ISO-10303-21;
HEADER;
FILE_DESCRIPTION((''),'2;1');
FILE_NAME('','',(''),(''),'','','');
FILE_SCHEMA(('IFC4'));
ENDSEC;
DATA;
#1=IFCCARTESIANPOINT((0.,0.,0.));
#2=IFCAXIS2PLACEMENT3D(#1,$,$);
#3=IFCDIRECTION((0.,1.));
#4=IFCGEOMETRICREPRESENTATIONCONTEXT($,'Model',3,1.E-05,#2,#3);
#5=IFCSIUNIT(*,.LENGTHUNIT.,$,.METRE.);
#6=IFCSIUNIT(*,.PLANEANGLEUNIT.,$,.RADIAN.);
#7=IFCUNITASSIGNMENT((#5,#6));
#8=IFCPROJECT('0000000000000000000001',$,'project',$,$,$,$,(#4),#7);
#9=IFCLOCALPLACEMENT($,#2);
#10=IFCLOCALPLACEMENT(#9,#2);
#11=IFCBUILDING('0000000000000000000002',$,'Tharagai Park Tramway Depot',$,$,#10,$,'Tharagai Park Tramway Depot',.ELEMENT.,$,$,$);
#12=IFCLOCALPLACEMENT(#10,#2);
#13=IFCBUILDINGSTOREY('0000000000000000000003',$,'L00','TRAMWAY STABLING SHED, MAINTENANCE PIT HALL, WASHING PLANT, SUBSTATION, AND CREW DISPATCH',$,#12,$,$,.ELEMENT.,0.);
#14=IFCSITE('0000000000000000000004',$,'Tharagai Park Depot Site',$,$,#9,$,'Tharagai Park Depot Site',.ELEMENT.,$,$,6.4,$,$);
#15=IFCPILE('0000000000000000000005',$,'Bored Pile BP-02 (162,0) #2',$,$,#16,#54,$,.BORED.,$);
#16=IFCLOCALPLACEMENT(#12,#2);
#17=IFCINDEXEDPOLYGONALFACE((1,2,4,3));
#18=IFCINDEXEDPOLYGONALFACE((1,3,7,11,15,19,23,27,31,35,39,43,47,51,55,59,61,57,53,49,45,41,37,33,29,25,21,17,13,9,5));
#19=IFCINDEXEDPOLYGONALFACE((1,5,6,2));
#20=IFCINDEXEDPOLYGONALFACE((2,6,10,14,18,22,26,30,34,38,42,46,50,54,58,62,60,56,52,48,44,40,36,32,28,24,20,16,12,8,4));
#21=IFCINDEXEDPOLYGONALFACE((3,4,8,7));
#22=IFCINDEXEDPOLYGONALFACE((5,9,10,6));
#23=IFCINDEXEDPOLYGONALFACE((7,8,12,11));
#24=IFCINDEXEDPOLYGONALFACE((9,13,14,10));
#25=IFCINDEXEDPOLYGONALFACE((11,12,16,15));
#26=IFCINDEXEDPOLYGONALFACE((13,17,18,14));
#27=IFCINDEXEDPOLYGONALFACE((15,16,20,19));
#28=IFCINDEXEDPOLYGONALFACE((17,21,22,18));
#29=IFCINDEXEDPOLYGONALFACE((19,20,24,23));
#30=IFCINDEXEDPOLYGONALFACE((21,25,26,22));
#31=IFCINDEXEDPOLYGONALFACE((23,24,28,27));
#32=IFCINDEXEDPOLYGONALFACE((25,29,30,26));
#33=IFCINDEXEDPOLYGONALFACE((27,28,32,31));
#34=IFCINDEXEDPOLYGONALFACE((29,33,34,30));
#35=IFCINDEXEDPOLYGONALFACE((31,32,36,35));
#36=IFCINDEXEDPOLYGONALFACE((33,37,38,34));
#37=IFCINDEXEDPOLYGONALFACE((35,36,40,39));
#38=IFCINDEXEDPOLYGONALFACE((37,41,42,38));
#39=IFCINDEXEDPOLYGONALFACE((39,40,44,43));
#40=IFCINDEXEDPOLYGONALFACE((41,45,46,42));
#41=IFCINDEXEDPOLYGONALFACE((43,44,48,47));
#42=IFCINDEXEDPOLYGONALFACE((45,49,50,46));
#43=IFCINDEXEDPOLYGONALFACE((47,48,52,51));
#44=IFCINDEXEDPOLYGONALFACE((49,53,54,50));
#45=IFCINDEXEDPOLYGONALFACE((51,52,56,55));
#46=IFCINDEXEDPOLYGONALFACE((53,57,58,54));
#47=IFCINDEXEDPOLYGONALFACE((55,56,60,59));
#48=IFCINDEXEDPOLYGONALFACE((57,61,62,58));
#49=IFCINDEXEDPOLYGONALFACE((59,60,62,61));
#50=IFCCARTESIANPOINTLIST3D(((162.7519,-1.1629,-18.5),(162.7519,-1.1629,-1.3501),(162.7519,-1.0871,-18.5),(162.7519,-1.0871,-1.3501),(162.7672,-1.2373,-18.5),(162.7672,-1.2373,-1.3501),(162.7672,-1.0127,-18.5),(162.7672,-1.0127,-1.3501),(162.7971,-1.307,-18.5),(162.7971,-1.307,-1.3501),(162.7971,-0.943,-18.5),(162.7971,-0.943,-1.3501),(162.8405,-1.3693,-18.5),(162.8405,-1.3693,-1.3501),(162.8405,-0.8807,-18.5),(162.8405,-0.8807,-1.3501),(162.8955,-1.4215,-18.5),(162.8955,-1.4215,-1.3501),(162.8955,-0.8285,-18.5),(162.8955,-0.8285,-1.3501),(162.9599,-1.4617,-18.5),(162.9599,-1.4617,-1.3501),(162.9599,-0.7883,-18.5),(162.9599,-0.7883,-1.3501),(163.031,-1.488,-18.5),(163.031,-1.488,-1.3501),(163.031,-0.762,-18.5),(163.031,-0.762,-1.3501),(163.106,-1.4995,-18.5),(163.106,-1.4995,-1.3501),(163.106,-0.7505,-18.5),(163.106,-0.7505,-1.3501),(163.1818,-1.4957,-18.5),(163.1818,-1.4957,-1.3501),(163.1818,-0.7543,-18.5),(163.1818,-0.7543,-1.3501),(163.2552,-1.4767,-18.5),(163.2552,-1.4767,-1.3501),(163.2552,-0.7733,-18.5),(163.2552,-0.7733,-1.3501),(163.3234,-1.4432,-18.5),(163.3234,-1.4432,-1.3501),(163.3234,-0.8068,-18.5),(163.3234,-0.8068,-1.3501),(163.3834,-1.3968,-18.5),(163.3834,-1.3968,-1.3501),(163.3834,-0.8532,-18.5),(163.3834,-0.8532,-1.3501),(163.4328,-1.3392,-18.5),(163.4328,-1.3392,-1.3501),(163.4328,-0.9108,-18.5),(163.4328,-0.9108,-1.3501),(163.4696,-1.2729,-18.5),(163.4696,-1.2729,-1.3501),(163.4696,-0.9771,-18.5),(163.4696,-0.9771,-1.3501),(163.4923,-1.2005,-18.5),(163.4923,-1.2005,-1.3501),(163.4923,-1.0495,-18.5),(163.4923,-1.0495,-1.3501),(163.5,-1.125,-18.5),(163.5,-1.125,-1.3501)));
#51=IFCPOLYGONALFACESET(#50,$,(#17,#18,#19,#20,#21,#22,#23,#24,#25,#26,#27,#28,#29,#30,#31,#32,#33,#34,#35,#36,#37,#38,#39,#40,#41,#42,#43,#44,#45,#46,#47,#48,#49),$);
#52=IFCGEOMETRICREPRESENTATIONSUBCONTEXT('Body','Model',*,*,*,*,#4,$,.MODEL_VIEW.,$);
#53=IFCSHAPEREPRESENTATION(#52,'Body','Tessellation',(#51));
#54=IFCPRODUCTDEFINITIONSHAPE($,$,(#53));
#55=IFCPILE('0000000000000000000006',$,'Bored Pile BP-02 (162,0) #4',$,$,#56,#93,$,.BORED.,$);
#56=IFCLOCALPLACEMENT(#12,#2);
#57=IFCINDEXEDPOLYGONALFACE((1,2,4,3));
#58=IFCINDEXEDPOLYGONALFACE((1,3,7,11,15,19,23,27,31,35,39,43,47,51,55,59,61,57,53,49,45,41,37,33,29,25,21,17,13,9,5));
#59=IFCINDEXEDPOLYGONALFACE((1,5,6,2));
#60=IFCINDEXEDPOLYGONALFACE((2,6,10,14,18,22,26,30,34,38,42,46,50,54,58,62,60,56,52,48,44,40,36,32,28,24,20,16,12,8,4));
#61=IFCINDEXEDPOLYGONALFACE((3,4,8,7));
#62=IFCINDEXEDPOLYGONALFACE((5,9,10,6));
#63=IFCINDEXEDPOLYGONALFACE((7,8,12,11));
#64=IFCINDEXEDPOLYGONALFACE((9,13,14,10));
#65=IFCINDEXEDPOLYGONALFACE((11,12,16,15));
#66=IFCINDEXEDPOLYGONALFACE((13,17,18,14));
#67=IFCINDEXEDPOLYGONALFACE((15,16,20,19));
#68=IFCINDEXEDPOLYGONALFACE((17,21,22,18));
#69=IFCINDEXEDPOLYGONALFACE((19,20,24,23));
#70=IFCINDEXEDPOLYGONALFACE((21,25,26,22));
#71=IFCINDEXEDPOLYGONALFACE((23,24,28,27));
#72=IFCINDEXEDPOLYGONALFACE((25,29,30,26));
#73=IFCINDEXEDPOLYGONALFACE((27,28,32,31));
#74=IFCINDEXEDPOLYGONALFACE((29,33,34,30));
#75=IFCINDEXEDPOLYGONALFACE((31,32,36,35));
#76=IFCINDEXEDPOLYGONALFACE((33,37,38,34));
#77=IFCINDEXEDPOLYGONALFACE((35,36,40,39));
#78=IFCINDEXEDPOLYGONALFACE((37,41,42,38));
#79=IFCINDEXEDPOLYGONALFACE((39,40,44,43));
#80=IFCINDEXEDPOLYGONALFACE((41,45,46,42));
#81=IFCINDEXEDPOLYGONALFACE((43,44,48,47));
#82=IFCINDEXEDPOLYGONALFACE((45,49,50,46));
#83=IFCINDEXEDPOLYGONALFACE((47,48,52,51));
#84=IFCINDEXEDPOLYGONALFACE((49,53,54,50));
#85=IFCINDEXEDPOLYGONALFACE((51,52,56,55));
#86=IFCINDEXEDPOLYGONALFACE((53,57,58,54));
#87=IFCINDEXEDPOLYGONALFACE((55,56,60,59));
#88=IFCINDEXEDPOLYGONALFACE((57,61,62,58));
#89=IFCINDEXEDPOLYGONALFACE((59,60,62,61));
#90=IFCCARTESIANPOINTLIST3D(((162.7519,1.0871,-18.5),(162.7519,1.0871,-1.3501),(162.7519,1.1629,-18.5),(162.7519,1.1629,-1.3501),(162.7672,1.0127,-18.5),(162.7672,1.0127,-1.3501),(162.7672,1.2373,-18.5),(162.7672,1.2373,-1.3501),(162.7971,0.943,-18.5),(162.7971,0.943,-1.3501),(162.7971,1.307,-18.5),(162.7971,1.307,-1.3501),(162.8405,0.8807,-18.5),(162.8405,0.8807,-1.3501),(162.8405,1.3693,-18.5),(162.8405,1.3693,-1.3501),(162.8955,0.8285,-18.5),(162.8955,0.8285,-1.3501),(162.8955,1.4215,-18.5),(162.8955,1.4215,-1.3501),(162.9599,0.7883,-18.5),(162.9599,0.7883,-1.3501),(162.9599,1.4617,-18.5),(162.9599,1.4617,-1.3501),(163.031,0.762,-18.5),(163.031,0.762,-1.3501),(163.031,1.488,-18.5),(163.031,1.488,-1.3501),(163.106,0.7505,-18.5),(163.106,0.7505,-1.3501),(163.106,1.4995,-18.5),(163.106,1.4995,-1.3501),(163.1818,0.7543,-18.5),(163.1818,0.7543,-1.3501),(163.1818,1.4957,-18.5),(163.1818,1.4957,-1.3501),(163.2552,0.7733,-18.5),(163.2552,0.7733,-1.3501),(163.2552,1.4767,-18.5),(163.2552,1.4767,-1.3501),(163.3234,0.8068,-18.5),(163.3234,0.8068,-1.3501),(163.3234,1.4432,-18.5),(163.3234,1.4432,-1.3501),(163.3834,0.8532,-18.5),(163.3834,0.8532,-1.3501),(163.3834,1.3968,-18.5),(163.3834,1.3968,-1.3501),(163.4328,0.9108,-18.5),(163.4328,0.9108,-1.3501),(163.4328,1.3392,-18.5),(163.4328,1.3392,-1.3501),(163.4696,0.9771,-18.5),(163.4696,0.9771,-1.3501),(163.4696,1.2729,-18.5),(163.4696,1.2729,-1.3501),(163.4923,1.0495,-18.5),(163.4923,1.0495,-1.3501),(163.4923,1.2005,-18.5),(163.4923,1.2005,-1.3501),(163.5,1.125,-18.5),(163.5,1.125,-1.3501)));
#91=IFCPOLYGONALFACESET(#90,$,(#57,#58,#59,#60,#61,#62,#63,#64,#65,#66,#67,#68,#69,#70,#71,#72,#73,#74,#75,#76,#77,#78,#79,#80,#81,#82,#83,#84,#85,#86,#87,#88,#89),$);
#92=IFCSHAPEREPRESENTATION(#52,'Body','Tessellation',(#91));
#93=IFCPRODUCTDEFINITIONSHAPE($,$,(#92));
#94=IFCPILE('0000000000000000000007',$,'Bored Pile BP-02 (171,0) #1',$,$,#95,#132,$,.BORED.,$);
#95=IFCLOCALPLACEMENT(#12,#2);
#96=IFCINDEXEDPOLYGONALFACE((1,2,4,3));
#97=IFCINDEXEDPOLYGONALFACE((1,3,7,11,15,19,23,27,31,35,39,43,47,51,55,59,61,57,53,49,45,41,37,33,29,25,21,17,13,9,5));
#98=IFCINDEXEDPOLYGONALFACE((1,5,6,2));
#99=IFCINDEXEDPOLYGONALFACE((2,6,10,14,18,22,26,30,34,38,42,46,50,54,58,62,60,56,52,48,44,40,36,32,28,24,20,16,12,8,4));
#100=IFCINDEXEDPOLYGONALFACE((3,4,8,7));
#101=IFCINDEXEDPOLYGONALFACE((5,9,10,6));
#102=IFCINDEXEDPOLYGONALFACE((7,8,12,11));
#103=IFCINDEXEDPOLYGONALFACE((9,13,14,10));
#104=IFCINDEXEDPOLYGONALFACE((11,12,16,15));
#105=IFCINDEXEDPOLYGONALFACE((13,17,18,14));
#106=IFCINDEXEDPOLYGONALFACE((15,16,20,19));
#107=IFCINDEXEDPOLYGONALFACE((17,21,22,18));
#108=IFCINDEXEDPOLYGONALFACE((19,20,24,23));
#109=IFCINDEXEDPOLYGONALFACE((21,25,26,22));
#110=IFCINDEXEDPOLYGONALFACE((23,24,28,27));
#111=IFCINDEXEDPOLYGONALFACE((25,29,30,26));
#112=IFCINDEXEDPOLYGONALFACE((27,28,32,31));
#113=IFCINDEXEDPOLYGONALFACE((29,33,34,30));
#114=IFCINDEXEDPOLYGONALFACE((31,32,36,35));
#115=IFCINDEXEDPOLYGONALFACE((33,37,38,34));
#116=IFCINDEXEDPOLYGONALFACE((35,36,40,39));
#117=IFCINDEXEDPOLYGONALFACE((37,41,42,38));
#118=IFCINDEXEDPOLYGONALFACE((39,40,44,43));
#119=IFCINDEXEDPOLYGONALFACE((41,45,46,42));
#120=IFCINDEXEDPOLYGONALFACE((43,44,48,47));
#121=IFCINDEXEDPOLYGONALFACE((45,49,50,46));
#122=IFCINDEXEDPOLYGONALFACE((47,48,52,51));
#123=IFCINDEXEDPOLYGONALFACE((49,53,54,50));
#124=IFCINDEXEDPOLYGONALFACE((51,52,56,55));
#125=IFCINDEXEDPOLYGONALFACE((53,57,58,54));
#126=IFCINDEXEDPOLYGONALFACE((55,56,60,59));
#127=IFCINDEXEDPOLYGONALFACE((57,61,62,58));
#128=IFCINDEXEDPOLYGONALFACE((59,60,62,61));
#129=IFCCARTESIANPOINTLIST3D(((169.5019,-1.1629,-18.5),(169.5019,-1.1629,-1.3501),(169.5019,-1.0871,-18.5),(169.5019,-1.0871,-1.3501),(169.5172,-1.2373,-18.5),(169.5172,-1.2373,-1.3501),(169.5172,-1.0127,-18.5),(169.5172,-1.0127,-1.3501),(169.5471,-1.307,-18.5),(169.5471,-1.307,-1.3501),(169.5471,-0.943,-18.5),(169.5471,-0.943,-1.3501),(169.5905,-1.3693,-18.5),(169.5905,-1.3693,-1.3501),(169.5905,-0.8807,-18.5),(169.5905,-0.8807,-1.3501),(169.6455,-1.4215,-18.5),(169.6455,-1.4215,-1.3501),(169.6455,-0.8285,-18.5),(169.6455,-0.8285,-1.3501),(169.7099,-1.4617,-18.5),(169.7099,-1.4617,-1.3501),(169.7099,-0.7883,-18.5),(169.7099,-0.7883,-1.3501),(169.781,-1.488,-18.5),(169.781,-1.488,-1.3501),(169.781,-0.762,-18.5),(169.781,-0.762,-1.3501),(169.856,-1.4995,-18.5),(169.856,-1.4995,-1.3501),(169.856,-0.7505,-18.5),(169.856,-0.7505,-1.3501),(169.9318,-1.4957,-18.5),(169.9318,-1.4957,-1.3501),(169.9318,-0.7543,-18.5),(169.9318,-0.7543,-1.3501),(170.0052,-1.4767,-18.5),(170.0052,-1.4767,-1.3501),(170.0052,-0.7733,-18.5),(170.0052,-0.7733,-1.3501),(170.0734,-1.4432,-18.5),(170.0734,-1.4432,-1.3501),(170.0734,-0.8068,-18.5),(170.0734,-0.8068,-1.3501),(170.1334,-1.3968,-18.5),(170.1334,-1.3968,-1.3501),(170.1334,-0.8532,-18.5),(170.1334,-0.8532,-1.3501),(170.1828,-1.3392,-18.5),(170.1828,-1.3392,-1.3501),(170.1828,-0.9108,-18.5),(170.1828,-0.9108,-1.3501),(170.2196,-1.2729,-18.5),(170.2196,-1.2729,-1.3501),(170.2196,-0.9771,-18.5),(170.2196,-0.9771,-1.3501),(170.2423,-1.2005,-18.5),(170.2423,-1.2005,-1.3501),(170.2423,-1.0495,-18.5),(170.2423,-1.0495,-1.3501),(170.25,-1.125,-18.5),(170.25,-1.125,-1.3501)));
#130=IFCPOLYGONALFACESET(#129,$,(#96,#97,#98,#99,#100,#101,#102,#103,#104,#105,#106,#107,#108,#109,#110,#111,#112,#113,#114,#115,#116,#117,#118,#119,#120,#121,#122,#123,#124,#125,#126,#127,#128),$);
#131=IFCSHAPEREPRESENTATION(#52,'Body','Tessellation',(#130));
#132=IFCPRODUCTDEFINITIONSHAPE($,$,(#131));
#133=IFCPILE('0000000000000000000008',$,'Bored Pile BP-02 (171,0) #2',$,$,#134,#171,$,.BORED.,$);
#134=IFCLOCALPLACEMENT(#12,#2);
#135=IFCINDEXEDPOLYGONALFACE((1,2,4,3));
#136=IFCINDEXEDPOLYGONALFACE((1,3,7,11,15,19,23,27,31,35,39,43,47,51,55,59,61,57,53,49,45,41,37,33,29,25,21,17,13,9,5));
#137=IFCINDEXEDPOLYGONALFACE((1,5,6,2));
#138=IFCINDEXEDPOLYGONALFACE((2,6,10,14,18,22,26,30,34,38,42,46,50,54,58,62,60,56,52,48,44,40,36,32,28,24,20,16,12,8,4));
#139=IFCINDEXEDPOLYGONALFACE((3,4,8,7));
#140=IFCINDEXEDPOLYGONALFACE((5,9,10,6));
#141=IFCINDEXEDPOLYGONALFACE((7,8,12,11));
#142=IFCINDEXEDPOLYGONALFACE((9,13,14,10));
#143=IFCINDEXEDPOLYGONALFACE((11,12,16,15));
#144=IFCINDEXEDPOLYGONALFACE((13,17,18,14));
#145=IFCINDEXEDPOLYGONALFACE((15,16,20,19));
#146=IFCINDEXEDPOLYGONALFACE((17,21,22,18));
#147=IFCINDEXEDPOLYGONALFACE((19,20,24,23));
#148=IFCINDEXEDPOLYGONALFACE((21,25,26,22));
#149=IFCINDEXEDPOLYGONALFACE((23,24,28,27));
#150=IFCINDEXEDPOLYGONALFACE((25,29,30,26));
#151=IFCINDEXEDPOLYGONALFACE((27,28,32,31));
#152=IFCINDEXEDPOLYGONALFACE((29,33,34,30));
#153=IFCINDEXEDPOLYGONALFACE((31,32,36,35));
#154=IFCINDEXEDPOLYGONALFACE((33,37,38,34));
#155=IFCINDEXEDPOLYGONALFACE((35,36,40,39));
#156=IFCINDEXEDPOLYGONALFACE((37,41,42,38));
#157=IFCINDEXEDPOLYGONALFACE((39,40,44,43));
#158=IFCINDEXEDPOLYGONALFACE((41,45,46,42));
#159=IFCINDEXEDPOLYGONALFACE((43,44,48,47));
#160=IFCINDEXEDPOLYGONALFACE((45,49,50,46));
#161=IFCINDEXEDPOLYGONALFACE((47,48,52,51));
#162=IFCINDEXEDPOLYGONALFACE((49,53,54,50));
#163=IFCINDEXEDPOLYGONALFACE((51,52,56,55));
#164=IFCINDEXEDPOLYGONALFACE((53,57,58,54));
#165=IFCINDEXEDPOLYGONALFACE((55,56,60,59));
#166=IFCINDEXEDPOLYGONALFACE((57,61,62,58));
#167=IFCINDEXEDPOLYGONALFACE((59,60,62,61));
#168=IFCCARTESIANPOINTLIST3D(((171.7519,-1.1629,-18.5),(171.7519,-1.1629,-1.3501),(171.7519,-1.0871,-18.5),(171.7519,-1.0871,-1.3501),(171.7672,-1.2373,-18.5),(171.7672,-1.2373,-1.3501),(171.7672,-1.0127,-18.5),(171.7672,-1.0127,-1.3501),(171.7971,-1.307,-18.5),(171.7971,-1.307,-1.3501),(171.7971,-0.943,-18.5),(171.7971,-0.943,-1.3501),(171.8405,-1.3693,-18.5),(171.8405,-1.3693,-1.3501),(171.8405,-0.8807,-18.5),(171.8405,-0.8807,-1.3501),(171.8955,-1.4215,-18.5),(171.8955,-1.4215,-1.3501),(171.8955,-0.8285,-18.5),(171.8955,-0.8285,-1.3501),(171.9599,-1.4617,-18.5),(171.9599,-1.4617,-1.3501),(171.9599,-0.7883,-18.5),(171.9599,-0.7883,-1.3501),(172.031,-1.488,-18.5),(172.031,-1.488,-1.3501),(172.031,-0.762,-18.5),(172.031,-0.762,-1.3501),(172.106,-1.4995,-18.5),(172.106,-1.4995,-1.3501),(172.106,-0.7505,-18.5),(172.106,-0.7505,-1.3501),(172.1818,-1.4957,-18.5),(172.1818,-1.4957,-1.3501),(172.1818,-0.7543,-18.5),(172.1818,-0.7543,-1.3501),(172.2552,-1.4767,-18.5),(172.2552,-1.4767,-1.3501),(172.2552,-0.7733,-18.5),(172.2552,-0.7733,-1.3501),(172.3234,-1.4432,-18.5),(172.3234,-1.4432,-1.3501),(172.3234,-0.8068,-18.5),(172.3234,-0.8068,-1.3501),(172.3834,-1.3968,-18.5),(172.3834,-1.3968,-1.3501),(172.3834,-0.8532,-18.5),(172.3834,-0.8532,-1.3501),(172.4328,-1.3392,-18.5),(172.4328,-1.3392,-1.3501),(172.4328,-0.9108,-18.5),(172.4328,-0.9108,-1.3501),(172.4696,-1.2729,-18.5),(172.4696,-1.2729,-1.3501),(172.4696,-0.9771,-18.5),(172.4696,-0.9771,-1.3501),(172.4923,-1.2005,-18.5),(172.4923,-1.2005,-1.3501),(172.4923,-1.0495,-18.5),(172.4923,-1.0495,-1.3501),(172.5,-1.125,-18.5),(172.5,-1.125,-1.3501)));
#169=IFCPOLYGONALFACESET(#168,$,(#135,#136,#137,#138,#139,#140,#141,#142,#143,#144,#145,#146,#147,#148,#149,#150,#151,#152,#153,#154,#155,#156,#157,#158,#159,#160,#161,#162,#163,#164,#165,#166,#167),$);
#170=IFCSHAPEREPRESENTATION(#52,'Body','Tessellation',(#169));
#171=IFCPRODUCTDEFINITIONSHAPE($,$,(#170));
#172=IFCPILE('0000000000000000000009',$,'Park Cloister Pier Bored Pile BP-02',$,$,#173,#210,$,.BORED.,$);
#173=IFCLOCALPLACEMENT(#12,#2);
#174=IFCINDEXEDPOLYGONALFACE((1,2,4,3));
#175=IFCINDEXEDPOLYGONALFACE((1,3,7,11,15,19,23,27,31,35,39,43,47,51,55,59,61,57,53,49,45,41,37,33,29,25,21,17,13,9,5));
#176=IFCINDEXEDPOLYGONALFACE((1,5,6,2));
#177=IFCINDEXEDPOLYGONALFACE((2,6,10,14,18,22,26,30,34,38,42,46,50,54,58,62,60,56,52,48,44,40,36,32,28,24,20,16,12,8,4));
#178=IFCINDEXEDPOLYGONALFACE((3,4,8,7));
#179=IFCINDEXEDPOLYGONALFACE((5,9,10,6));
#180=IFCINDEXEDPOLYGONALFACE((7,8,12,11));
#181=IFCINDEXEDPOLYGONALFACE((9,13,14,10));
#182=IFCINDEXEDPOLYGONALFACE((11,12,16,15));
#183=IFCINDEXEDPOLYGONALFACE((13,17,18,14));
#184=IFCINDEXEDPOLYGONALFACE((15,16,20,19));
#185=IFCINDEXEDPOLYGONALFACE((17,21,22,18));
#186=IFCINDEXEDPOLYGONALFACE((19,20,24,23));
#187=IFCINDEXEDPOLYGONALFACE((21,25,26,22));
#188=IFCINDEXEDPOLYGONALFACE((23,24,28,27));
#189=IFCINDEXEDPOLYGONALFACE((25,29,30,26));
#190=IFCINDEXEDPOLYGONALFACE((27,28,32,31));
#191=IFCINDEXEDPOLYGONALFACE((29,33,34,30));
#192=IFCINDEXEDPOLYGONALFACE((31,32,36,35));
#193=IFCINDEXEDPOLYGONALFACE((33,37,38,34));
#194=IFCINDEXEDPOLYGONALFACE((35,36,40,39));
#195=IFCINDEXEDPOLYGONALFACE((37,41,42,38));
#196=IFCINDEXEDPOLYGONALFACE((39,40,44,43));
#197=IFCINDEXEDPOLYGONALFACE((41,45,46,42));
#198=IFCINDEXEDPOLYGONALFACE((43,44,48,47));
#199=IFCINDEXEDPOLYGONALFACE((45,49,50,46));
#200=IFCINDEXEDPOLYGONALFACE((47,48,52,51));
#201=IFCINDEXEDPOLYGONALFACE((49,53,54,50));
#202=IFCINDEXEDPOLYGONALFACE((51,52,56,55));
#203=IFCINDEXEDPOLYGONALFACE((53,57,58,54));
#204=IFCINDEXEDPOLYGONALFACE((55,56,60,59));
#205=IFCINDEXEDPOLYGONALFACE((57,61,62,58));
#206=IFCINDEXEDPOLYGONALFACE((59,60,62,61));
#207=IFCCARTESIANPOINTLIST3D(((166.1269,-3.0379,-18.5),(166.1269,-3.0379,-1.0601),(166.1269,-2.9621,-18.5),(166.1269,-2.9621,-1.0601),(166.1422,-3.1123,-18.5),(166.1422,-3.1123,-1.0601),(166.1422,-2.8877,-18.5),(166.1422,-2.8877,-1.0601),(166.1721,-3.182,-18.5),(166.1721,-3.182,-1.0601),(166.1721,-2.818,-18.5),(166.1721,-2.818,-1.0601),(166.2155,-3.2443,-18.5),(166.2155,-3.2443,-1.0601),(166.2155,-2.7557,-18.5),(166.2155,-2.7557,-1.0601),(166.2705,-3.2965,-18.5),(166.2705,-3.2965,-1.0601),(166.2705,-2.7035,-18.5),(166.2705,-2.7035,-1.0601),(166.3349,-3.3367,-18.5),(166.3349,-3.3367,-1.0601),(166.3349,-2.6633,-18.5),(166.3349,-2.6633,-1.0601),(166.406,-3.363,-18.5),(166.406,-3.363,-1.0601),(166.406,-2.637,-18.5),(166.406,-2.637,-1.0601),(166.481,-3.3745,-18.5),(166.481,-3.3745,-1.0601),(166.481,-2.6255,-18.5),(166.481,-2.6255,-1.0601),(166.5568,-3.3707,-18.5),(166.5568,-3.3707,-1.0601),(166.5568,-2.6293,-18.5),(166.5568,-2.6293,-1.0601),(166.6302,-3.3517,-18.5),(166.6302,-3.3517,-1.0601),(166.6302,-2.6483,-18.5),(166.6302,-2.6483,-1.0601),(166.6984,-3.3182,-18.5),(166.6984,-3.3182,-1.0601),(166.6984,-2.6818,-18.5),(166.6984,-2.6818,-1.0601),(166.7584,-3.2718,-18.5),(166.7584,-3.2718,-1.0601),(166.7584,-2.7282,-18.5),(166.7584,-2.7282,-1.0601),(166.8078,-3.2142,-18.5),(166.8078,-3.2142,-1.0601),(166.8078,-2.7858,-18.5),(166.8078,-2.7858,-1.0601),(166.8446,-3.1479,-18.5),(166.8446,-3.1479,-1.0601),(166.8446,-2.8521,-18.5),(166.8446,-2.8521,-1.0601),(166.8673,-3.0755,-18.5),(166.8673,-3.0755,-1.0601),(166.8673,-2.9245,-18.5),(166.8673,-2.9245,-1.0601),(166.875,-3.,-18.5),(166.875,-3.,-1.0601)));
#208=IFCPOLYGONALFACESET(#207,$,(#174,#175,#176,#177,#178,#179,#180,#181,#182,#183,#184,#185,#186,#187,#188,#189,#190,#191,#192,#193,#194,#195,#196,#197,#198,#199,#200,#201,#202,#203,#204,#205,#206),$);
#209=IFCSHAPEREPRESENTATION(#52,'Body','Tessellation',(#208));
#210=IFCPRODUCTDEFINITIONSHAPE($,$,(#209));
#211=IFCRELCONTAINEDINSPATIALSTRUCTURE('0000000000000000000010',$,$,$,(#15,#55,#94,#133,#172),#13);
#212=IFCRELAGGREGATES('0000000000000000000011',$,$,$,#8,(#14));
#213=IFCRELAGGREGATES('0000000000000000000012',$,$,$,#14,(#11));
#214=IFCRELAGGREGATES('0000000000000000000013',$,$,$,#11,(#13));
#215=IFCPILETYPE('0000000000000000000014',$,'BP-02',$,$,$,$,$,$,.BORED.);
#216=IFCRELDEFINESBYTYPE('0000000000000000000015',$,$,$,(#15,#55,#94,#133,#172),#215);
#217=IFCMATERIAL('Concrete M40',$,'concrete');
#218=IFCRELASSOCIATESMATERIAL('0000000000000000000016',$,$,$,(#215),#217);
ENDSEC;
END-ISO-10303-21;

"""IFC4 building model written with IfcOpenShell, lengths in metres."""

from ifc_helpers import new_model, si_unit, direction, frame, origin, origin_2d, place, context, subcontext, project, spatial, circle, extrude, material, material_profile, profile_set, type_object, element, save


model = new_model("IFC4")

# Units and contexts
model_context = context("Model", 3, precision=1e-05, world=origin(), true_north=direction((0.0, 1.0)))
body_context = subcontext(model_context, "Body", "Model", "MODEL_VIEW")
ifc_project = project(units=[si_unit("LENGTHUNIT", "METRE"), si_unit("PLANEANGLEUNIT", "RADIAN")], contexts=[model_context])

# Site, building, storey
site_placement = place(None, origin())
site = spatial("IfcSite", under=ifc_project, at=site_placement, Name="Tharagai Park Depot Site", LongName="Tharagai Park Depot Site", CompositionType="ELEMENT", RefElevation=6.4)
building_placement = place(site_placement, origin())
building = spatial("IfcBuilding", under=site, at=building_placement, Name="Tharagai Park Tramway Depot", LongName="Tharagai Park Tramway Depot", CompositionType="ELEMENT")
storey_placement = place(building_placement, origin())
storey = spatial("IfcBuildingStorey", under=building, at=storey_placement, Name="L00", Description="TRAMWAY STABLING SHED, MAINTENANCE PIT HALL, WASHING PLANT, SUBSTATION, AND CREW DISPATCH", CompositionType="ELEMENT", Elevation=0.0)

# Piles
ifc_material_1 = material(Name="Concrete M40", Category="concrete")
ifc_material_profile_1 = material_profile(ifc_material_1, circle(Radius=0.375, at=origin_2d()), Name="PILE D750")
ifc_profile_set_1 = profile_set([ifc_material_profile_1], Name="Concrete M40")
pile_type = type_object("IfcPileType", Name="BP-02", PredefinedType="BORED", material=ifc_profile_set_1)
for number, where, z_axis, x_axis, name in (
    (1, (163.125, -1.125, -1.3501), (0.0, 0.0, -1.0), (1.0, 0.0, 0.0), "Bored Pile BP-02 (162,0) #2"),
    (2, (163.125, 1.125, -1.3501), (0.0, 0.0, -1.0), (1.0, 0.0, 0.0), "Bored Pile BP-02 (162,0) #4"),
    (3, (169.875, -1.125, -1.3501), (0.0, 0.0, -1.0), (1.0, 0.0, 0.0), "Bored Pile BP-02 (171,0) #1"),
    (4, (172.125, -1.125, -1.3501), (0.0, 0.0, -1.0), (1.0, 0.0, 0.0), "Bored Pile BP-02 (171,0) #2"),
):
    element("IfcPile", number, at=place(storey_placement, frame(where, z_axis=z_axis, x_axis=x_axis)), inside=storey, type_object=pile_type, Name=name, PredefinedType="BORED", context=body_context, shape_type="SweptSolid", body=[
        extrude(circle(Radius=0.375, at=origin_2d()), origin(), (0.0, 0.0, 1.0), 17.1499),
    ])
for number, where, z_axis, x_axis, name in (
    (5, (166.5, -3.0, -1.0601), (0.0, 0.0, -1.0), (1.0, 0.0, 0.0), "Park Cloister Pier Bored Pile BP-02"),
):
    element("IfcPile", number, at=place(storey_placement, frame(where, z_axis=z_axis, x_axis=x_axis)), inside=storey, type_object=pile_type, Name=name, PredefinedType="BORED", context=body_context, shape_type="SweptSolid", body=[
        extrude(circle(Radius=0.375, at=origin_2d()), origin(), (0.0, 0.0, 1.0), 17.4399),
    ])

save(model, "model.ifc")
